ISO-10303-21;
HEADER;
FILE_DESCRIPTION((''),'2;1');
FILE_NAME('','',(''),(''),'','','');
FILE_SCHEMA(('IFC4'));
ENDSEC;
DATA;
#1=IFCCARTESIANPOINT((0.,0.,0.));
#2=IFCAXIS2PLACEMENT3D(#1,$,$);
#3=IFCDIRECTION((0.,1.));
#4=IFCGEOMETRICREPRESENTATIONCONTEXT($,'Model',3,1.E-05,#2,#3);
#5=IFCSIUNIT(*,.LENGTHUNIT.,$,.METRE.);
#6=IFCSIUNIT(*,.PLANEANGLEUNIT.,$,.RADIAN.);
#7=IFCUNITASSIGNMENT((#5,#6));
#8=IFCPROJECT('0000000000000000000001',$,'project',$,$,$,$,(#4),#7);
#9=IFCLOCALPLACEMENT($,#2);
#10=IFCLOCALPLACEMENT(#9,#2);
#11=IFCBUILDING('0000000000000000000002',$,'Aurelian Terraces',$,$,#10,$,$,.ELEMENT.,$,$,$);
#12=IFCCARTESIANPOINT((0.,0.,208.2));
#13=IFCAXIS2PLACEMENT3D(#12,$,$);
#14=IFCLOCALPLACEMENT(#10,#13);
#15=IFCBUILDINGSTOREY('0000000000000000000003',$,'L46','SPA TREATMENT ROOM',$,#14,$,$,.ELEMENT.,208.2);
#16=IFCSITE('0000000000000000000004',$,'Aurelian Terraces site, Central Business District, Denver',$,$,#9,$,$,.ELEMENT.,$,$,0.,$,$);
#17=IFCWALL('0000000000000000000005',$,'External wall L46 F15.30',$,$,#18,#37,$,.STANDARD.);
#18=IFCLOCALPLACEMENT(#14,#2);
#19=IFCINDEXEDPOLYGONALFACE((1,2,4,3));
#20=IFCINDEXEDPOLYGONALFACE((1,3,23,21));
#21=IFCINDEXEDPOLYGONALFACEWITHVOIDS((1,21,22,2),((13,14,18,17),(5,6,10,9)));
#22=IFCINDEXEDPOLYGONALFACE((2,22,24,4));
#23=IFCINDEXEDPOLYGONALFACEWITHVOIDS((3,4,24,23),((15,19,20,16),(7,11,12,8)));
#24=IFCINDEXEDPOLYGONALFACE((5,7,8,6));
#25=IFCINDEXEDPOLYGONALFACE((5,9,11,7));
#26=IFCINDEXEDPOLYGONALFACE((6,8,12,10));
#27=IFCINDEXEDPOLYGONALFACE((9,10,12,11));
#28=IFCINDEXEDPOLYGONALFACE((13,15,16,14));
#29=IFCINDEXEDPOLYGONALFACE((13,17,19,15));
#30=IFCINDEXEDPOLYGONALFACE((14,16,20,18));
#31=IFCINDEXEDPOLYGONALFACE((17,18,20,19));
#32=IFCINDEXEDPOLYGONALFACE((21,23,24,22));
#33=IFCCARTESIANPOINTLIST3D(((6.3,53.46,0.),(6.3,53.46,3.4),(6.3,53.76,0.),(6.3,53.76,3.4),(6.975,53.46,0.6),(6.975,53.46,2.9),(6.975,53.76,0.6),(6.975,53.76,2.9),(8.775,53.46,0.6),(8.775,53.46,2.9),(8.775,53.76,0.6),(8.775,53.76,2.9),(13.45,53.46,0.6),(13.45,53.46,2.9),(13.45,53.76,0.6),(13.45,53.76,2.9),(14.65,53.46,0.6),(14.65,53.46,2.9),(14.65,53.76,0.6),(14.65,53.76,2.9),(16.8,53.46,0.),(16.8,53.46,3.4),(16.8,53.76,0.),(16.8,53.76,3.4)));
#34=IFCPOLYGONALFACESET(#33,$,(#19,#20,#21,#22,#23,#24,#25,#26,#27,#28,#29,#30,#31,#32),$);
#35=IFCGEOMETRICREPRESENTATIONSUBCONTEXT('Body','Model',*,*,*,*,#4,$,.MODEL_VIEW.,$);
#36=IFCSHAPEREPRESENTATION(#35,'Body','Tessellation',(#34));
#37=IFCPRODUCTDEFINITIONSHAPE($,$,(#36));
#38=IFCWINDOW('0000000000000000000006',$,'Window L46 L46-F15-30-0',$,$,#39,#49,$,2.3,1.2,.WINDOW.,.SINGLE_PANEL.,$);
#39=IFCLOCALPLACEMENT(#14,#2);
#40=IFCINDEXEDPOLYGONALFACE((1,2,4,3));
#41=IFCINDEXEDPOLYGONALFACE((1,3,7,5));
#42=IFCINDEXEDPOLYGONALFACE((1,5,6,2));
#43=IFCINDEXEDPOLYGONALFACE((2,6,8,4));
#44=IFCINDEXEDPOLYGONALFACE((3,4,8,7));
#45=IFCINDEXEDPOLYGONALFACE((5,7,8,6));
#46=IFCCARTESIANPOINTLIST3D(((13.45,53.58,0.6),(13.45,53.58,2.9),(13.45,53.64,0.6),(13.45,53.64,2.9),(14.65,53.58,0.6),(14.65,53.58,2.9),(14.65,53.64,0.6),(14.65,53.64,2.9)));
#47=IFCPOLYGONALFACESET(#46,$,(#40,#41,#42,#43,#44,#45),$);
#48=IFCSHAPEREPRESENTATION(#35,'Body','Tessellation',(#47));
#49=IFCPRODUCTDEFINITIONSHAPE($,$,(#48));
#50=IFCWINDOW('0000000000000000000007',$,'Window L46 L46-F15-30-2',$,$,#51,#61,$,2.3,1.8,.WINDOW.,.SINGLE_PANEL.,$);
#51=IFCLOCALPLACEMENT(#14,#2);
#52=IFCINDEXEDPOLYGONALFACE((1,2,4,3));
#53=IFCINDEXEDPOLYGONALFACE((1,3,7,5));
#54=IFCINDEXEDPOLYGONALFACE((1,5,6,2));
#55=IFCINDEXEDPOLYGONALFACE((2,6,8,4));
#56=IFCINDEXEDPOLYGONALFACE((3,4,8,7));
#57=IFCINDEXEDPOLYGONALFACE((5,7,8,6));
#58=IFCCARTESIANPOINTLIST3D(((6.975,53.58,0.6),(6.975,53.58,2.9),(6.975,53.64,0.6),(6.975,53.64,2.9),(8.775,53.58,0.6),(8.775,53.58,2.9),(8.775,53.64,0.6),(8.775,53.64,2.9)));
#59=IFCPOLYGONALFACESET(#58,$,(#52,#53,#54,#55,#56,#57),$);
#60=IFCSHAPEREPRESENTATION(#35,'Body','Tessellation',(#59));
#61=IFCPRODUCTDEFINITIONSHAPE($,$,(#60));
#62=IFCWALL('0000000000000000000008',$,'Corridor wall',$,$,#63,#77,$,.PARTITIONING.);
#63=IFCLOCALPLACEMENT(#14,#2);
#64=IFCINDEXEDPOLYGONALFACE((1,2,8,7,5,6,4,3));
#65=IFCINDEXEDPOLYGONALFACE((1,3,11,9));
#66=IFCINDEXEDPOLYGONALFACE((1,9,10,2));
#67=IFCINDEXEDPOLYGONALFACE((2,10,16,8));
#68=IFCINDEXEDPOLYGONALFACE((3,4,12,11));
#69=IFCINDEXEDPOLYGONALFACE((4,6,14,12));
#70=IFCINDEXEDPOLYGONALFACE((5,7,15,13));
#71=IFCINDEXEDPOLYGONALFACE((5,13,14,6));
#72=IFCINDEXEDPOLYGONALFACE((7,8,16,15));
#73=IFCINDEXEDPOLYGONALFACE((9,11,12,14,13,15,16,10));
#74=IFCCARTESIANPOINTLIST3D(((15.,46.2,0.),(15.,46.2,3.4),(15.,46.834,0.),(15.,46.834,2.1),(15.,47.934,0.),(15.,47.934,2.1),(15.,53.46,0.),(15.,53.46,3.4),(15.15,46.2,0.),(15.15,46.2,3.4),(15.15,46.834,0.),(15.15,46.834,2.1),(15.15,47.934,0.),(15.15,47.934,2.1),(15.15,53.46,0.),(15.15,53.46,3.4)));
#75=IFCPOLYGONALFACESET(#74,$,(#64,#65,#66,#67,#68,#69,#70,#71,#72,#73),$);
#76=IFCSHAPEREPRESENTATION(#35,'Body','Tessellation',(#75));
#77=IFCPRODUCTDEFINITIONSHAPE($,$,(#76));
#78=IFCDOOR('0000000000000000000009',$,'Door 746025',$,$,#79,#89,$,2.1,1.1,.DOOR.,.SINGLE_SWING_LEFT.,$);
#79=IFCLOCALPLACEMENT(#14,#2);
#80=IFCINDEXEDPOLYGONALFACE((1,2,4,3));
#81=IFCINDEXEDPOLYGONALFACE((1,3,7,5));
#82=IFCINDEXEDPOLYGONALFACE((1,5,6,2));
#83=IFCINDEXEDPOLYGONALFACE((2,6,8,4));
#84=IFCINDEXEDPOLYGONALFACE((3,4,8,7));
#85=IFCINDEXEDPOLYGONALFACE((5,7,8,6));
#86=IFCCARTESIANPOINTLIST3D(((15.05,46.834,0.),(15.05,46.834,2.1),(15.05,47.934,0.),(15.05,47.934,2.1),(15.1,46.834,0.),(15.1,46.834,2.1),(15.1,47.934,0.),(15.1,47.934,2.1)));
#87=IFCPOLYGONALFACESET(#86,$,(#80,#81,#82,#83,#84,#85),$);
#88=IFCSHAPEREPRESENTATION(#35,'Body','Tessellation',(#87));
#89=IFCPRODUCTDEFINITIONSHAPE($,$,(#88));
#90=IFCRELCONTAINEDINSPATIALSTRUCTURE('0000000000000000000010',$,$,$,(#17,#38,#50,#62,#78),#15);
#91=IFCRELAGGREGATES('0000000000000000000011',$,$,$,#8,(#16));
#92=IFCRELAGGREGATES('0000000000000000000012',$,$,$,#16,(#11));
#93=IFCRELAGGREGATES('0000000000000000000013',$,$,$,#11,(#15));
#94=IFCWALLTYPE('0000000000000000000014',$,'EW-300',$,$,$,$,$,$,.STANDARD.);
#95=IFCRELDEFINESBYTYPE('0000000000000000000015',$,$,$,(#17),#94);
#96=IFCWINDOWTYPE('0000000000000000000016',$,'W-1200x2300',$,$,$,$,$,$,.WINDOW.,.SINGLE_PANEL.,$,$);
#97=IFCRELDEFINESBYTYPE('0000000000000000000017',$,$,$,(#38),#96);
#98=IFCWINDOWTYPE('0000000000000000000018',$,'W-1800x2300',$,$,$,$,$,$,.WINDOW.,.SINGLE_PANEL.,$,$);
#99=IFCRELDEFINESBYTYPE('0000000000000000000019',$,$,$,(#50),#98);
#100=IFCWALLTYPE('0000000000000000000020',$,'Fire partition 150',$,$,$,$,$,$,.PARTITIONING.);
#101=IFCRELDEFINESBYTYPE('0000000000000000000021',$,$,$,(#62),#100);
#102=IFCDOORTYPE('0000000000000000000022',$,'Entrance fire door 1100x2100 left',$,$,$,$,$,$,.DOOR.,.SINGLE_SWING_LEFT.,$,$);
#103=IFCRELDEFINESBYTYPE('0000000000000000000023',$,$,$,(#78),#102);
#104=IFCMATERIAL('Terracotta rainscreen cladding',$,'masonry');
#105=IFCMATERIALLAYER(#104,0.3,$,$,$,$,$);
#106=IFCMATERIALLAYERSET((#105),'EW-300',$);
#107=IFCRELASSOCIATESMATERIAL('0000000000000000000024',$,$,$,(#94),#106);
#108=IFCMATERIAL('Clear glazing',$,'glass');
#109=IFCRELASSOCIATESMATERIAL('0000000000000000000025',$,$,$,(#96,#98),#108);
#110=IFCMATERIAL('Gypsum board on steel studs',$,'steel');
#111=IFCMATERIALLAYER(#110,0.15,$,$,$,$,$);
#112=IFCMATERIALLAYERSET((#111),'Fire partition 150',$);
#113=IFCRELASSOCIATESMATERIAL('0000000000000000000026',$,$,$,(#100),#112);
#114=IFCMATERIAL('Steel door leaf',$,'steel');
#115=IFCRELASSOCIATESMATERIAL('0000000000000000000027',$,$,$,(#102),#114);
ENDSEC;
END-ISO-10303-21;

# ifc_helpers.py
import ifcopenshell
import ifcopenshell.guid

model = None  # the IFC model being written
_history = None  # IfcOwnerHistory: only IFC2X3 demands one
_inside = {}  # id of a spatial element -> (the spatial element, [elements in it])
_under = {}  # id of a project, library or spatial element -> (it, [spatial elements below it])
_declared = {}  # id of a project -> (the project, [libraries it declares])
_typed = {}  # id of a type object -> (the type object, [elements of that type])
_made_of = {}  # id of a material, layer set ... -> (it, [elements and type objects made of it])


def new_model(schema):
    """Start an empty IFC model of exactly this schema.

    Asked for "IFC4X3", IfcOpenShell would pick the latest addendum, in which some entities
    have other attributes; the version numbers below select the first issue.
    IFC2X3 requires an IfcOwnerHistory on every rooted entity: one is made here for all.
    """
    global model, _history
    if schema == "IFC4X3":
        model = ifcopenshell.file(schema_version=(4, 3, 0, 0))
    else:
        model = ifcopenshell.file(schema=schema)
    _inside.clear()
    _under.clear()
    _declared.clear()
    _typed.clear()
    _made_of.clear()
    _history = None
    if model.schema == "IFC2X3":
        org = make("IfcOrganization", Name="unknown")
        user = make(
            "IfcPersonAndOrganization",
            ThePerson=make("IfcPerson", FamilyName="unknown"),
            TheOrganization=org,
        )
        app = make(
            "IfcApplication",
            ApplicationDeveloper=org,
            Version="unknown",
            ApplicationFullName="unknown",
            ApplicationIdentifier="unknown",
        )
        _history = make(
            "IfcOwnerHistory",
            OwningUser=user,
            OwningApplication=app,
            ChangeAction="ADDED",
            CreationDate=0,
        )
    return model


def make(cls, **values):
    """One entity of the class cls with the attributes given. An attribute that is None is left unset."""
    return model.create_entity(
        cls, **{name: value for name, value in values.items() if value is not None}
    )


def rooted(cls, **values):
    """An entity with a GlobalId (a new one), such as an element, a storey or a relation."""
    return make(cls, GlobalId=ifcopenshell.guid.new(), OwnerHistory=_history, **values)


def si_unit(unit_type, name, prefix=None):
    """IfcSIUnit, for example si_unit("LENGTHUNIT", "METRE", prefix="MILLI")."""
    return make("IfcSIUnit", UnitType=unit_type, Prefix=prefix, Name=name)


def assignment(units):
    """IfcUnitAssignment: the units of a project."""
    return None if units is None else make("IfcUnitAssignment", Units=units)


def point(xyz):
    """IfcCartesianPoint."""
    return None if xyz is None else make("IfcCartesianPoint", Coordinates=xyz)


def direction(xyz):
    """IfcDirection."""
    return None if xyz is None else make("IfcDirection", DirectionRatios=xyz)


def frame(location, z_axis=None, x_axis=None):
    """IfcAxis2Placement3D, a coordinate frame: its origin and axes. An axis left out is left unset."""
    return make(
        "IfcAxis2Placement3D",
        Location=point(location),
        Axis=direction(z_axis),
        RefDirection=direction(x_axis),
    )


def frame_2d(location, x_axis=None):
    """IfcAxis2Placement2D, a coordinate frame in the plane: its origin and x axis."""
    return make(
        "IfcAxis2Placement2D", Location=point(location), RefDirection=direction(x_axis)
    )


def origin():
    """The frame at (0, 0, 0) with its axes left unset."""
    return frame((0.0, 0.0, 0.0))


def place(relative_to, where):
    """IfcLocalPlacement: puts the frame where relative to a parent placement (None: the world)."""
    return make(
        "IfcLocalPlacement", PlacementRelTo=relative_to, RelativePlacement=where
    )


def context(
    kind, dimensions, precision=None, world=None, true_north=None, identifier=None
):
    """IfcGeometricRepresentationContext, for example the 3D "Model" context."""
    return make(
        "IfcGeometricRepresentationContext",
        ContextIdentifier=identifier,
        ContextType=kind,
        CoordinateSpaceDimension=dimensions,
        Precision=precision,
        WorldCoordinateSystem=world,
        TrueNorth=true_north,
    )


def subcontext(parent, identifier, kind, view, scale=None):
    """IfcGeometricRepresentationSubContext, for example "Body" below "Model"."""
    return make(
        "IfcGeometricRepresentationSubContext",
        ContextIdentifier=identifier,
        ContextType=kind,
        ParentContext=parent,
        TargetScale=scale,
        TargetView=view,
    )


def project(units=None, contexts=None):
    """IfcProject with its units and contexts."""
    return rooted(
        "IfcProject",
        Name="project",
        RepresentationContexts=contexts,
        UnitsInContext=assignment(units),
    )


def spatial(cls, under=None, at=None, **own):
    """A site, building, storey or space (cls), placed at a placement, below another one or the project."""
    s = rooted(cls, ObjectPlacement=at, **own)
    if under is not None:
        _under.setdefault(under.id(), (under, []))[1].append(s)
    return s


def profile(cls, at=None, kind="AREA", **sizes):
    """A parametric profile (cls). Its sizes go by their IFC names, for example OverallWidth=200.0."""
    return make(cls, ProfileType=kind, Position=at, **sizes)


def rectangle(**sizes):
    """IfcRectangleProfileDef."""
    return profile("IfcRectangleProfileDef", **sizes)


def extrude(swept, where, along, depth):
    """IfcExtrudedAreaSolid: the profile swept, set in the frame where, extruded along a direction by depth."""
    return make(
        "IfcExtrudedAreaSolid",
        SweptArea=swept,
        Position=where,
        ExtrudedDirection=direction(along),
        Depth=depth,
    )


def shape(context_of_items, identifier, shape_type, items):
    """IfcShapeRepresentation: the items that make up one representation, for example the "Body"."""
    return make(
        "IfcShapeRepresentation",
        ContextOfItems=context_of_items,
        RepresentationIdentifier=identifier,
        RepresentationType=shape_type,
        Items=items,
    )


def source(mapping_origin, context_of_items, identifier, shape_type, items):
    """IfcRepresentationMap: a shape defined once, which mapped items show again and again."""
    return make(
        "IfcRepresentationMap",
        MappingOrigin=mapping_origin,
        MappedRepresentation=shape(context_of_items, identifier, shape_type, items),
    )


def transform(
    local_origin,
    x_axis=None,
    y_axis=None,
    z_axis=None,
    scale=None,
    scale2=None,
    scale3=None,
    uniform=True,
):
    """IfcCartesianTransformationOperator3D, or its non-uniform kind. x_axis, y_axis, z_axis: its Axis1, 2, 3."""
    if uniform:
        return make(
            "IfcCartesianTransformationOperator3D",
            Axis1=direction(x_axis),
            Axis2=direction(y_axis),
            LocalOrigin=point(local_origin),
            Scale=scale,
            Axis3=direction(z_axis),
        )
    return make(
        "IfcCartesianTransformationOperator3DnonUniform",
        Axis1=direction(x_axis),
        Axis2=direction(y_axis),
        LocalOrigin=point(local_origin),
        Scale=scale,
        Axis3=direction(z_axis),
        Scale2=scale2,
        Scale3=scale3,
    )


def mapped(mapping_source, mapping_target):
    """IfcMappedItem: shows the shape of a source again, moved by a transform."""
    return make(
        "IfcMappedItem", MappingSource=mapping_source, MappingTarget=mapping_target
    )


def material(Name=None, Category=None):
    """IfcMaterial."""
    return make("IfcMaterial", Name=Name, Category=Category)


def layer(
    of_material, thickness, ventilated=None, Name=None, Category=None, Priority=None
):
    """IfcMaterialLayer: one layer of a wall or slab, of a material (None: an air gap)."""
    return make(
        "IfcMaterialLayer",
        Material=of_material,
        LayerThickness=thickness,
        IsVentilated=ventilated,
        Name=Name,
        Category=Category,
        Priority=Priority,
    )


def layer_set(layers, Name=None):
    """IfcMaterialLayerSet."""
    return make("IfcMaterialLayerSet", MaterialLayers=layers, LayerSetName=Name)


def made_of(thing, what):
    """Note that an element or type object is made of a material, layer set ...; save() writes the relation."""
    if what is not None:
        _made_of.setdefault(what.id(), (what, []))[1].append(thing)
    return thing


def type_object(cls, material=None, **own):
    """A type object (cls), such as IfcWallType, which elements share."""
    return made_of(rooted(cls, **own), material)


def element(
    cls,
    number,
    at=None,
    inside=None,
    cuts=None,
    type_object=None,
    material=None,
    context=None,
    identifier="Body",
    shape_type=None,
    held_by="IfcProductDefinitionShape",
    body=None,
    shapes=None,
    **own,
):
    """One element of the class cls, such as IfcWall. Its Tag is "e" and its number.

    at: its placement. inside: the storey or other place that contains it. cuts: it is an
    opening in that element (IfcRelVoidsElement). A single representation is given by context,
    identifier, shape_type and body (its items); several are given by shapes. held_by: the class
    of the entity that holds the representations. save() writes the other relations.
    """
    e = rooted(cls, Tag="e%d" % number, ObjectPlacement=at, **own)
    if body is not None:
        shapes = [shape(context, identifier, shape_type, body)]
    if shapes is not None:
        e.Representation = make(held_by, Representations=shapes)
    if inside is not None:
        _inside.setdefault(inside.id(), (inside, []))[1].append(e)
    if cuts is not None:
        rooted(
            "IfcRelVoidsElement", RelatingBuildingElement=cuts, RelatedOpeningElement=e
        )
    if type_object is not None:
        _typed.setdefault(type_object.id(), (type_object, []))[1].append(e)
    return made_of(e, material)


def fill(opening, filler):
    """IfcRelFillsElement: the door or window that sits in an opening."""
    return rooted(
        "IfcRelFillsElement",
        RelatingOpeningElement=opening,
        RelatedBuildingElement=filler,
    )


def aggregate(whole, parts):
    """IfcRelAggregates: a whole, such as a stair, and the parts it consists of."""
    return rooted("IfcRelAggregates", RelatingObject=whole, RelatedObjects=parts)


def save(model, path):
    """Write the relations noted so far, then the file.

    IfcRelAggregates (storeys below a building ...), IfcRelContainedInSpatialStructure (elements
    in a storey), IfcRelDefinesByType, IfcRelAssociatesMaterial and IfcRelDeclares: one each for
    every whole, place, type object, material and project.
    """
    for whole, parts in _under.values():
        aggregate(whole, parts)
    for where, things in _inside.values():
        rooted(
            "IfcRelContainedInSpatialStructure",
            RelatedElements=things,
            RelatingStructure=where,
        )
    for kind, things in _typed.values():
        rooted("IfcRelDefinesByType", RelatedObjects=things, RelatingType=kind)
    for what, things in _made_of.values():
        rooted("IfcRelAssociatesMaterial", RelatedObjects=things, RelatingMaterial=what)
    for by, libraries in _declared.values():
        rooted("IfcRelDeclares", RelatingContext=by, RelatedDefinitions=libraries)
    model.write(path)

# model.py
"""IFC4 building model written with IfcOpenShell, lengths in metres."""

from ifc_helpers import new_model, si_unit, direction, frame, frame_2d, origin, place, context, subcontext, project, spatial, rectangle, extrude, source, transform, mapped, material, layer, layer_set, type_object, element, fill, save


model = new_model("IFC4")

# Units and contexts
model_context = context("Model", 3, precision=1e-05, world=origin(), true_north=direction((0.0, 1.0)))
body_context = subcontext(model_context, "Body", "Model", "MODEL_VIEW")
ifc_project = project(units=[si_unit("LENGTHUNIT", "METRE"), si_unit("PLANEANGLEUNIT", "RADIAN")], contexts=[model_context])

# Site, building, storey
site_placement = place(None, origin())
site = spatial("IfcSite", under=ifc_project, at=site_placement, Name="Aurelian Terraces site, Central Business District, Denver", CompositionType="ELEMENT", RefElevation=0.0)
building_placement = place(site_placement, origin())
building = spatial("IfcBuilding", under=site, at=building_placement, Name="Aurelian Terraces", CompositionType="ELEMENT")
storey_placement = place(building_placement, frame((0.0, 0.0, 208.2)))
storey = spatial("IfcBuildingStorey", under=building, at=storey_placement, Name="L46", Description="SPA TREATMENT ROOM", CompositionType="ELEMENT", Elevation=208.2)

# Shared definitions
ifc_material_1 = material(Name="Terracotta rainscreen cladding", Category="masonry")
ifc_layer_1 = layer(ifc_material_1, 0.3)
ifc_layer_set_1 = layer_set([ifc_layer_1], Name="EW-300")
wall_type_1 = type_object("IfcWallType", Name="EW-300", PredefinedType="STANDARD", material=ifc_layer_set_1)
ifc_material_2 = material(Name="Clear glazing", Category="glass")

# Shared definitions
shared_shape_1 = source(origin(), body_context, "Body", "SweptSolid", [
    extrude(rectangle(XDim=1.2, YDim=2.3, at=frame_2d((0.6, 1.15))), frame((0.0, 0.16, 0.0), z_axis=(0.0, -1.0, 0.0), x_axis=(1.0, 0.0, 0.0)), (0.0, 0.0, 1.0), 0.32),
])
window_type_1 = type_object("IfcWindowType", Name="W-1200x2300", PartitioningType="SINGLE_PANEL", PredefinedType="WINDOW", material=ifc_material_2)
shared_shape_2 = source(origin(), body_context, "Body", "SweptSolid", [
    extrude(rectangle(XDim=1.2, YDim=2.3, at=frame_2d((0.6, 1.15))), frame((0.0, 0.03, 0.0), z_axis=(0.0, -1.0, 0.0), x_axis=(1.0, 0.0, 0.0)), (0.0, 0.0, 1.0), 0.06),
])

# Wall, openings, windows
shared_shape_3 = source(origin(), body_context, "Body", "SweptSolid", [
    extrude(rectangle(XDim=10.5, YDim=0.3, at=frame_2d((5.25, 0.0))), origin(), (0.0, 0.0, 1.0), 3.4),
])
wall_1_placement = place(storey_placement, frame((16.8, 53.61, 0.0), z_axis=(0.0, 0.0, 1.0), x_axis=(-1.0, 0.0, 0.0)))
wall_1 = element("IfcWall", 1, at=wall_1_placement, inside=storey, type_object=wall_type_1, Name="External wall L46 F15.30", PredefinedType="STANDARD", context=body_context, shape_type="MappedRepresentation", body=[
    mapped(shared_shape_3, transform((0.0, 0.0, 0.0), scale=1.0)),
])
opening_1_placement = place(wall_1_placement, frame((2.15, 0.0, 0.6)))
opening_1 = element("IfcOpeningElement", 2, at=opening_1_placement, cuts=wall_1, PredefinedType="OPENING", context=body_context, shape_type="MappedRepresentation", body=[
    mapped(shared_shape_1, transform((0.0, 0.0, 0.0), scale=1.0)),
])
shared_shape_4 = source(origin(), body_context, "Body", "SweptSolid", [
    extrude(rectangle(XDim=1.8, YDim=2.3, at=frame_2d((0.9, 1.15))), frame((0.0, 0.16, 0.0), z_axis=(0.0, -1.0, 0.0), x_axis=(1.0, 0.0, 0.0)), (0.0, 0.0, 1.0), 0.32),
])
opening_2_placement = place(wall_1_placement, frame((8.025, 0.0, 0.6)))
opening_2 = element("IfcOpeningElement", 3, at=opening_2_placement, cuts=wall_1, PredefinedType="OPENING", context=body_context, shape_type="MappedRepresentation", body=[
    mapped(shared_shape_4, transform((0.0, 0.0, 0.0), scale=1.0)),
])
window_1_placement = place(opening_1_placement, origin())
window_1 = element("IfcWindow", 4, at=window_1_placement, inside=storey, type_object=window_type_1, Name="Window L46 L46-F15-30-0", OverallHeight=2.3, OverallWidth=1.2, PartitioningType="SINGLE_PANEL", PredefinedType="WINDOW", context=body_context, shape_type="MappedRepresentation", body=[
    mapped(shared_shape_2, transform((0.0, 0.0, 0.0), scale=1.0)),
])
fill(opening_1, window_1)
window_type_2 = type_object("IfcWindowType", Name="W-1800x2300", PartitioningType="SINGLE_PANEL", PredefinedType="WINDOW", material=ifc_material_2)
shared_shape_5 = source(origin(), body_context, "Body", "SweptSolid", [
    extrude(rectangle(XDim=1.8, YDim=2.3, at=frame_2d((0.9, 1.15))), frame((0.0, 0.03, 0.0), z_axis=(0.0, -1.0, 0.0), x_axis=(1.0, 0.0, 0.0)), (0.0, 0.0, 1.0), 0.06),
])
window_2_placement = place(opening_2_placement, origin())
window_2 = element("IfcWindow", 5, at=window_2_placement, inside=storey, type_object=window_type_2, Name="Window L46 L46-F15-30-2", OverallHeight=2.3, OverallWidth=1.8, PartitioningType="SINGLE_PANEL", PredefinedType="WINDOW", context=body_context, shape_type="MappedRepresentation", body=[
    mapped(shared_shape_5, transform((0.0, 0.0, 0.0), scale=1.0)),
])
fill(opening_2, window_2)

# Wall, opening, door
ifc_material_3 = material(Name="Gypsum board on steel studs", Category="steel")
ifc_layer_2 = layer(ifc_material_3, 0.15)
ifc_layer_set_2 = layer_set([ifc_layer_2], Name="Fire partition 150")
wall_type_2 = type_object("IfcWallType", Name="Fire partition 150", PredefinedType="PARTITIONING", material=ifc_layer_set_2)
shared_shape_6 = source(origin(), body_context, "Body", "SweptSolid", [
    extrude(rectangle(XDim=7.26, YDim=0.15, at=frame_2d((3.63, 0.0))), origin(), (0.0, 0.0, 1.0), 3.4),
])
wall_2_placement = place(storey_placement, frame((15.075, 46.2, 0.0), z_axis=(0.0, 0.0, 1.0), x_axis=(0.0, 1.0, 0.0)))
wall_2 = element("IfcWall", 6, at=wall_2_placement, inside=storey, type_object=wall_type_2, Name="Corridor wall", PredefinedType="PARTITIONING", context=body_context, shape_type="MappedRepresentation", body=[
    mapped(shared_shape_6, transform((0.0, 0.0, 0.0), scale=1.0)),
])
shared_shape_7 = source(origin(), body_context, "Body", "SweptSolid", [
    extrude(rectangle(XDim=1.1, YDim=2.1, at=frame_2d((0.55, 1.05))), frame((0.0, 0.085, 0.0), z_axis=(0.0, -1.0, 0.0), x_axis=(1.0, 0.0, 0.0)), (0.0, 0.0, 1.0), 0.17),
])
opening_3_placement = place(wall_2_placement, frame((0.634, 0.0, 0.0)))
opening_3 = element("IfcOpeningElement", 7, at=opening_3_placement, cuts=wall_2, PredefinedType="OPENING", context=body_context, shape_type="MappedRepresentation", body=[
    mapped(shared_shape_7, transform((0.0, 0.0, 0.0), scale=1.0)),
])
ifc_material_4 = material(Name="Steel door leaf", Category="steel")
door_type_1 = type_object("IfcDoorType", Name="Entrance fire door 1100x2100 left", OperationType="SINGLE_SWING_LEFT", PredefinedType="DOOR", material=ifc_material_4)
shared_shape_8 = source(origin(), body_context, "Body", "SweptSolid", [
    extrude(rectangle(XDim=1.1, YDim=2.1, at=frame_2d((0.55, 1.05))), frame((0.0, 0.025, 0.0), z_axis=(0.0, -1.0, 0.0), x_axis=(1.0, 0.0, 0.0)), (0.0, 0.0, 1.0), 0.05),
])
door_1_placement = place(opening_3_placement, origin())
door_1 = element("IfcDoor", 8, at=door_1_placement, inside=storey, type_object=door_type_1, Name="Door 746025", OperationType="SINGLE_SWING_LEFT", OverallHeight=2.1, OverallWidth=1.1, PredefinedType="DOOR", context=body_context, shape_type="MappedRepresentation", body=[
    mapped(shared_shape_8, transform((0.0, 0.0, 0.0), scale=1.0)),
])
fill(opening_3, door_1)

save(model, "model.ifc")
